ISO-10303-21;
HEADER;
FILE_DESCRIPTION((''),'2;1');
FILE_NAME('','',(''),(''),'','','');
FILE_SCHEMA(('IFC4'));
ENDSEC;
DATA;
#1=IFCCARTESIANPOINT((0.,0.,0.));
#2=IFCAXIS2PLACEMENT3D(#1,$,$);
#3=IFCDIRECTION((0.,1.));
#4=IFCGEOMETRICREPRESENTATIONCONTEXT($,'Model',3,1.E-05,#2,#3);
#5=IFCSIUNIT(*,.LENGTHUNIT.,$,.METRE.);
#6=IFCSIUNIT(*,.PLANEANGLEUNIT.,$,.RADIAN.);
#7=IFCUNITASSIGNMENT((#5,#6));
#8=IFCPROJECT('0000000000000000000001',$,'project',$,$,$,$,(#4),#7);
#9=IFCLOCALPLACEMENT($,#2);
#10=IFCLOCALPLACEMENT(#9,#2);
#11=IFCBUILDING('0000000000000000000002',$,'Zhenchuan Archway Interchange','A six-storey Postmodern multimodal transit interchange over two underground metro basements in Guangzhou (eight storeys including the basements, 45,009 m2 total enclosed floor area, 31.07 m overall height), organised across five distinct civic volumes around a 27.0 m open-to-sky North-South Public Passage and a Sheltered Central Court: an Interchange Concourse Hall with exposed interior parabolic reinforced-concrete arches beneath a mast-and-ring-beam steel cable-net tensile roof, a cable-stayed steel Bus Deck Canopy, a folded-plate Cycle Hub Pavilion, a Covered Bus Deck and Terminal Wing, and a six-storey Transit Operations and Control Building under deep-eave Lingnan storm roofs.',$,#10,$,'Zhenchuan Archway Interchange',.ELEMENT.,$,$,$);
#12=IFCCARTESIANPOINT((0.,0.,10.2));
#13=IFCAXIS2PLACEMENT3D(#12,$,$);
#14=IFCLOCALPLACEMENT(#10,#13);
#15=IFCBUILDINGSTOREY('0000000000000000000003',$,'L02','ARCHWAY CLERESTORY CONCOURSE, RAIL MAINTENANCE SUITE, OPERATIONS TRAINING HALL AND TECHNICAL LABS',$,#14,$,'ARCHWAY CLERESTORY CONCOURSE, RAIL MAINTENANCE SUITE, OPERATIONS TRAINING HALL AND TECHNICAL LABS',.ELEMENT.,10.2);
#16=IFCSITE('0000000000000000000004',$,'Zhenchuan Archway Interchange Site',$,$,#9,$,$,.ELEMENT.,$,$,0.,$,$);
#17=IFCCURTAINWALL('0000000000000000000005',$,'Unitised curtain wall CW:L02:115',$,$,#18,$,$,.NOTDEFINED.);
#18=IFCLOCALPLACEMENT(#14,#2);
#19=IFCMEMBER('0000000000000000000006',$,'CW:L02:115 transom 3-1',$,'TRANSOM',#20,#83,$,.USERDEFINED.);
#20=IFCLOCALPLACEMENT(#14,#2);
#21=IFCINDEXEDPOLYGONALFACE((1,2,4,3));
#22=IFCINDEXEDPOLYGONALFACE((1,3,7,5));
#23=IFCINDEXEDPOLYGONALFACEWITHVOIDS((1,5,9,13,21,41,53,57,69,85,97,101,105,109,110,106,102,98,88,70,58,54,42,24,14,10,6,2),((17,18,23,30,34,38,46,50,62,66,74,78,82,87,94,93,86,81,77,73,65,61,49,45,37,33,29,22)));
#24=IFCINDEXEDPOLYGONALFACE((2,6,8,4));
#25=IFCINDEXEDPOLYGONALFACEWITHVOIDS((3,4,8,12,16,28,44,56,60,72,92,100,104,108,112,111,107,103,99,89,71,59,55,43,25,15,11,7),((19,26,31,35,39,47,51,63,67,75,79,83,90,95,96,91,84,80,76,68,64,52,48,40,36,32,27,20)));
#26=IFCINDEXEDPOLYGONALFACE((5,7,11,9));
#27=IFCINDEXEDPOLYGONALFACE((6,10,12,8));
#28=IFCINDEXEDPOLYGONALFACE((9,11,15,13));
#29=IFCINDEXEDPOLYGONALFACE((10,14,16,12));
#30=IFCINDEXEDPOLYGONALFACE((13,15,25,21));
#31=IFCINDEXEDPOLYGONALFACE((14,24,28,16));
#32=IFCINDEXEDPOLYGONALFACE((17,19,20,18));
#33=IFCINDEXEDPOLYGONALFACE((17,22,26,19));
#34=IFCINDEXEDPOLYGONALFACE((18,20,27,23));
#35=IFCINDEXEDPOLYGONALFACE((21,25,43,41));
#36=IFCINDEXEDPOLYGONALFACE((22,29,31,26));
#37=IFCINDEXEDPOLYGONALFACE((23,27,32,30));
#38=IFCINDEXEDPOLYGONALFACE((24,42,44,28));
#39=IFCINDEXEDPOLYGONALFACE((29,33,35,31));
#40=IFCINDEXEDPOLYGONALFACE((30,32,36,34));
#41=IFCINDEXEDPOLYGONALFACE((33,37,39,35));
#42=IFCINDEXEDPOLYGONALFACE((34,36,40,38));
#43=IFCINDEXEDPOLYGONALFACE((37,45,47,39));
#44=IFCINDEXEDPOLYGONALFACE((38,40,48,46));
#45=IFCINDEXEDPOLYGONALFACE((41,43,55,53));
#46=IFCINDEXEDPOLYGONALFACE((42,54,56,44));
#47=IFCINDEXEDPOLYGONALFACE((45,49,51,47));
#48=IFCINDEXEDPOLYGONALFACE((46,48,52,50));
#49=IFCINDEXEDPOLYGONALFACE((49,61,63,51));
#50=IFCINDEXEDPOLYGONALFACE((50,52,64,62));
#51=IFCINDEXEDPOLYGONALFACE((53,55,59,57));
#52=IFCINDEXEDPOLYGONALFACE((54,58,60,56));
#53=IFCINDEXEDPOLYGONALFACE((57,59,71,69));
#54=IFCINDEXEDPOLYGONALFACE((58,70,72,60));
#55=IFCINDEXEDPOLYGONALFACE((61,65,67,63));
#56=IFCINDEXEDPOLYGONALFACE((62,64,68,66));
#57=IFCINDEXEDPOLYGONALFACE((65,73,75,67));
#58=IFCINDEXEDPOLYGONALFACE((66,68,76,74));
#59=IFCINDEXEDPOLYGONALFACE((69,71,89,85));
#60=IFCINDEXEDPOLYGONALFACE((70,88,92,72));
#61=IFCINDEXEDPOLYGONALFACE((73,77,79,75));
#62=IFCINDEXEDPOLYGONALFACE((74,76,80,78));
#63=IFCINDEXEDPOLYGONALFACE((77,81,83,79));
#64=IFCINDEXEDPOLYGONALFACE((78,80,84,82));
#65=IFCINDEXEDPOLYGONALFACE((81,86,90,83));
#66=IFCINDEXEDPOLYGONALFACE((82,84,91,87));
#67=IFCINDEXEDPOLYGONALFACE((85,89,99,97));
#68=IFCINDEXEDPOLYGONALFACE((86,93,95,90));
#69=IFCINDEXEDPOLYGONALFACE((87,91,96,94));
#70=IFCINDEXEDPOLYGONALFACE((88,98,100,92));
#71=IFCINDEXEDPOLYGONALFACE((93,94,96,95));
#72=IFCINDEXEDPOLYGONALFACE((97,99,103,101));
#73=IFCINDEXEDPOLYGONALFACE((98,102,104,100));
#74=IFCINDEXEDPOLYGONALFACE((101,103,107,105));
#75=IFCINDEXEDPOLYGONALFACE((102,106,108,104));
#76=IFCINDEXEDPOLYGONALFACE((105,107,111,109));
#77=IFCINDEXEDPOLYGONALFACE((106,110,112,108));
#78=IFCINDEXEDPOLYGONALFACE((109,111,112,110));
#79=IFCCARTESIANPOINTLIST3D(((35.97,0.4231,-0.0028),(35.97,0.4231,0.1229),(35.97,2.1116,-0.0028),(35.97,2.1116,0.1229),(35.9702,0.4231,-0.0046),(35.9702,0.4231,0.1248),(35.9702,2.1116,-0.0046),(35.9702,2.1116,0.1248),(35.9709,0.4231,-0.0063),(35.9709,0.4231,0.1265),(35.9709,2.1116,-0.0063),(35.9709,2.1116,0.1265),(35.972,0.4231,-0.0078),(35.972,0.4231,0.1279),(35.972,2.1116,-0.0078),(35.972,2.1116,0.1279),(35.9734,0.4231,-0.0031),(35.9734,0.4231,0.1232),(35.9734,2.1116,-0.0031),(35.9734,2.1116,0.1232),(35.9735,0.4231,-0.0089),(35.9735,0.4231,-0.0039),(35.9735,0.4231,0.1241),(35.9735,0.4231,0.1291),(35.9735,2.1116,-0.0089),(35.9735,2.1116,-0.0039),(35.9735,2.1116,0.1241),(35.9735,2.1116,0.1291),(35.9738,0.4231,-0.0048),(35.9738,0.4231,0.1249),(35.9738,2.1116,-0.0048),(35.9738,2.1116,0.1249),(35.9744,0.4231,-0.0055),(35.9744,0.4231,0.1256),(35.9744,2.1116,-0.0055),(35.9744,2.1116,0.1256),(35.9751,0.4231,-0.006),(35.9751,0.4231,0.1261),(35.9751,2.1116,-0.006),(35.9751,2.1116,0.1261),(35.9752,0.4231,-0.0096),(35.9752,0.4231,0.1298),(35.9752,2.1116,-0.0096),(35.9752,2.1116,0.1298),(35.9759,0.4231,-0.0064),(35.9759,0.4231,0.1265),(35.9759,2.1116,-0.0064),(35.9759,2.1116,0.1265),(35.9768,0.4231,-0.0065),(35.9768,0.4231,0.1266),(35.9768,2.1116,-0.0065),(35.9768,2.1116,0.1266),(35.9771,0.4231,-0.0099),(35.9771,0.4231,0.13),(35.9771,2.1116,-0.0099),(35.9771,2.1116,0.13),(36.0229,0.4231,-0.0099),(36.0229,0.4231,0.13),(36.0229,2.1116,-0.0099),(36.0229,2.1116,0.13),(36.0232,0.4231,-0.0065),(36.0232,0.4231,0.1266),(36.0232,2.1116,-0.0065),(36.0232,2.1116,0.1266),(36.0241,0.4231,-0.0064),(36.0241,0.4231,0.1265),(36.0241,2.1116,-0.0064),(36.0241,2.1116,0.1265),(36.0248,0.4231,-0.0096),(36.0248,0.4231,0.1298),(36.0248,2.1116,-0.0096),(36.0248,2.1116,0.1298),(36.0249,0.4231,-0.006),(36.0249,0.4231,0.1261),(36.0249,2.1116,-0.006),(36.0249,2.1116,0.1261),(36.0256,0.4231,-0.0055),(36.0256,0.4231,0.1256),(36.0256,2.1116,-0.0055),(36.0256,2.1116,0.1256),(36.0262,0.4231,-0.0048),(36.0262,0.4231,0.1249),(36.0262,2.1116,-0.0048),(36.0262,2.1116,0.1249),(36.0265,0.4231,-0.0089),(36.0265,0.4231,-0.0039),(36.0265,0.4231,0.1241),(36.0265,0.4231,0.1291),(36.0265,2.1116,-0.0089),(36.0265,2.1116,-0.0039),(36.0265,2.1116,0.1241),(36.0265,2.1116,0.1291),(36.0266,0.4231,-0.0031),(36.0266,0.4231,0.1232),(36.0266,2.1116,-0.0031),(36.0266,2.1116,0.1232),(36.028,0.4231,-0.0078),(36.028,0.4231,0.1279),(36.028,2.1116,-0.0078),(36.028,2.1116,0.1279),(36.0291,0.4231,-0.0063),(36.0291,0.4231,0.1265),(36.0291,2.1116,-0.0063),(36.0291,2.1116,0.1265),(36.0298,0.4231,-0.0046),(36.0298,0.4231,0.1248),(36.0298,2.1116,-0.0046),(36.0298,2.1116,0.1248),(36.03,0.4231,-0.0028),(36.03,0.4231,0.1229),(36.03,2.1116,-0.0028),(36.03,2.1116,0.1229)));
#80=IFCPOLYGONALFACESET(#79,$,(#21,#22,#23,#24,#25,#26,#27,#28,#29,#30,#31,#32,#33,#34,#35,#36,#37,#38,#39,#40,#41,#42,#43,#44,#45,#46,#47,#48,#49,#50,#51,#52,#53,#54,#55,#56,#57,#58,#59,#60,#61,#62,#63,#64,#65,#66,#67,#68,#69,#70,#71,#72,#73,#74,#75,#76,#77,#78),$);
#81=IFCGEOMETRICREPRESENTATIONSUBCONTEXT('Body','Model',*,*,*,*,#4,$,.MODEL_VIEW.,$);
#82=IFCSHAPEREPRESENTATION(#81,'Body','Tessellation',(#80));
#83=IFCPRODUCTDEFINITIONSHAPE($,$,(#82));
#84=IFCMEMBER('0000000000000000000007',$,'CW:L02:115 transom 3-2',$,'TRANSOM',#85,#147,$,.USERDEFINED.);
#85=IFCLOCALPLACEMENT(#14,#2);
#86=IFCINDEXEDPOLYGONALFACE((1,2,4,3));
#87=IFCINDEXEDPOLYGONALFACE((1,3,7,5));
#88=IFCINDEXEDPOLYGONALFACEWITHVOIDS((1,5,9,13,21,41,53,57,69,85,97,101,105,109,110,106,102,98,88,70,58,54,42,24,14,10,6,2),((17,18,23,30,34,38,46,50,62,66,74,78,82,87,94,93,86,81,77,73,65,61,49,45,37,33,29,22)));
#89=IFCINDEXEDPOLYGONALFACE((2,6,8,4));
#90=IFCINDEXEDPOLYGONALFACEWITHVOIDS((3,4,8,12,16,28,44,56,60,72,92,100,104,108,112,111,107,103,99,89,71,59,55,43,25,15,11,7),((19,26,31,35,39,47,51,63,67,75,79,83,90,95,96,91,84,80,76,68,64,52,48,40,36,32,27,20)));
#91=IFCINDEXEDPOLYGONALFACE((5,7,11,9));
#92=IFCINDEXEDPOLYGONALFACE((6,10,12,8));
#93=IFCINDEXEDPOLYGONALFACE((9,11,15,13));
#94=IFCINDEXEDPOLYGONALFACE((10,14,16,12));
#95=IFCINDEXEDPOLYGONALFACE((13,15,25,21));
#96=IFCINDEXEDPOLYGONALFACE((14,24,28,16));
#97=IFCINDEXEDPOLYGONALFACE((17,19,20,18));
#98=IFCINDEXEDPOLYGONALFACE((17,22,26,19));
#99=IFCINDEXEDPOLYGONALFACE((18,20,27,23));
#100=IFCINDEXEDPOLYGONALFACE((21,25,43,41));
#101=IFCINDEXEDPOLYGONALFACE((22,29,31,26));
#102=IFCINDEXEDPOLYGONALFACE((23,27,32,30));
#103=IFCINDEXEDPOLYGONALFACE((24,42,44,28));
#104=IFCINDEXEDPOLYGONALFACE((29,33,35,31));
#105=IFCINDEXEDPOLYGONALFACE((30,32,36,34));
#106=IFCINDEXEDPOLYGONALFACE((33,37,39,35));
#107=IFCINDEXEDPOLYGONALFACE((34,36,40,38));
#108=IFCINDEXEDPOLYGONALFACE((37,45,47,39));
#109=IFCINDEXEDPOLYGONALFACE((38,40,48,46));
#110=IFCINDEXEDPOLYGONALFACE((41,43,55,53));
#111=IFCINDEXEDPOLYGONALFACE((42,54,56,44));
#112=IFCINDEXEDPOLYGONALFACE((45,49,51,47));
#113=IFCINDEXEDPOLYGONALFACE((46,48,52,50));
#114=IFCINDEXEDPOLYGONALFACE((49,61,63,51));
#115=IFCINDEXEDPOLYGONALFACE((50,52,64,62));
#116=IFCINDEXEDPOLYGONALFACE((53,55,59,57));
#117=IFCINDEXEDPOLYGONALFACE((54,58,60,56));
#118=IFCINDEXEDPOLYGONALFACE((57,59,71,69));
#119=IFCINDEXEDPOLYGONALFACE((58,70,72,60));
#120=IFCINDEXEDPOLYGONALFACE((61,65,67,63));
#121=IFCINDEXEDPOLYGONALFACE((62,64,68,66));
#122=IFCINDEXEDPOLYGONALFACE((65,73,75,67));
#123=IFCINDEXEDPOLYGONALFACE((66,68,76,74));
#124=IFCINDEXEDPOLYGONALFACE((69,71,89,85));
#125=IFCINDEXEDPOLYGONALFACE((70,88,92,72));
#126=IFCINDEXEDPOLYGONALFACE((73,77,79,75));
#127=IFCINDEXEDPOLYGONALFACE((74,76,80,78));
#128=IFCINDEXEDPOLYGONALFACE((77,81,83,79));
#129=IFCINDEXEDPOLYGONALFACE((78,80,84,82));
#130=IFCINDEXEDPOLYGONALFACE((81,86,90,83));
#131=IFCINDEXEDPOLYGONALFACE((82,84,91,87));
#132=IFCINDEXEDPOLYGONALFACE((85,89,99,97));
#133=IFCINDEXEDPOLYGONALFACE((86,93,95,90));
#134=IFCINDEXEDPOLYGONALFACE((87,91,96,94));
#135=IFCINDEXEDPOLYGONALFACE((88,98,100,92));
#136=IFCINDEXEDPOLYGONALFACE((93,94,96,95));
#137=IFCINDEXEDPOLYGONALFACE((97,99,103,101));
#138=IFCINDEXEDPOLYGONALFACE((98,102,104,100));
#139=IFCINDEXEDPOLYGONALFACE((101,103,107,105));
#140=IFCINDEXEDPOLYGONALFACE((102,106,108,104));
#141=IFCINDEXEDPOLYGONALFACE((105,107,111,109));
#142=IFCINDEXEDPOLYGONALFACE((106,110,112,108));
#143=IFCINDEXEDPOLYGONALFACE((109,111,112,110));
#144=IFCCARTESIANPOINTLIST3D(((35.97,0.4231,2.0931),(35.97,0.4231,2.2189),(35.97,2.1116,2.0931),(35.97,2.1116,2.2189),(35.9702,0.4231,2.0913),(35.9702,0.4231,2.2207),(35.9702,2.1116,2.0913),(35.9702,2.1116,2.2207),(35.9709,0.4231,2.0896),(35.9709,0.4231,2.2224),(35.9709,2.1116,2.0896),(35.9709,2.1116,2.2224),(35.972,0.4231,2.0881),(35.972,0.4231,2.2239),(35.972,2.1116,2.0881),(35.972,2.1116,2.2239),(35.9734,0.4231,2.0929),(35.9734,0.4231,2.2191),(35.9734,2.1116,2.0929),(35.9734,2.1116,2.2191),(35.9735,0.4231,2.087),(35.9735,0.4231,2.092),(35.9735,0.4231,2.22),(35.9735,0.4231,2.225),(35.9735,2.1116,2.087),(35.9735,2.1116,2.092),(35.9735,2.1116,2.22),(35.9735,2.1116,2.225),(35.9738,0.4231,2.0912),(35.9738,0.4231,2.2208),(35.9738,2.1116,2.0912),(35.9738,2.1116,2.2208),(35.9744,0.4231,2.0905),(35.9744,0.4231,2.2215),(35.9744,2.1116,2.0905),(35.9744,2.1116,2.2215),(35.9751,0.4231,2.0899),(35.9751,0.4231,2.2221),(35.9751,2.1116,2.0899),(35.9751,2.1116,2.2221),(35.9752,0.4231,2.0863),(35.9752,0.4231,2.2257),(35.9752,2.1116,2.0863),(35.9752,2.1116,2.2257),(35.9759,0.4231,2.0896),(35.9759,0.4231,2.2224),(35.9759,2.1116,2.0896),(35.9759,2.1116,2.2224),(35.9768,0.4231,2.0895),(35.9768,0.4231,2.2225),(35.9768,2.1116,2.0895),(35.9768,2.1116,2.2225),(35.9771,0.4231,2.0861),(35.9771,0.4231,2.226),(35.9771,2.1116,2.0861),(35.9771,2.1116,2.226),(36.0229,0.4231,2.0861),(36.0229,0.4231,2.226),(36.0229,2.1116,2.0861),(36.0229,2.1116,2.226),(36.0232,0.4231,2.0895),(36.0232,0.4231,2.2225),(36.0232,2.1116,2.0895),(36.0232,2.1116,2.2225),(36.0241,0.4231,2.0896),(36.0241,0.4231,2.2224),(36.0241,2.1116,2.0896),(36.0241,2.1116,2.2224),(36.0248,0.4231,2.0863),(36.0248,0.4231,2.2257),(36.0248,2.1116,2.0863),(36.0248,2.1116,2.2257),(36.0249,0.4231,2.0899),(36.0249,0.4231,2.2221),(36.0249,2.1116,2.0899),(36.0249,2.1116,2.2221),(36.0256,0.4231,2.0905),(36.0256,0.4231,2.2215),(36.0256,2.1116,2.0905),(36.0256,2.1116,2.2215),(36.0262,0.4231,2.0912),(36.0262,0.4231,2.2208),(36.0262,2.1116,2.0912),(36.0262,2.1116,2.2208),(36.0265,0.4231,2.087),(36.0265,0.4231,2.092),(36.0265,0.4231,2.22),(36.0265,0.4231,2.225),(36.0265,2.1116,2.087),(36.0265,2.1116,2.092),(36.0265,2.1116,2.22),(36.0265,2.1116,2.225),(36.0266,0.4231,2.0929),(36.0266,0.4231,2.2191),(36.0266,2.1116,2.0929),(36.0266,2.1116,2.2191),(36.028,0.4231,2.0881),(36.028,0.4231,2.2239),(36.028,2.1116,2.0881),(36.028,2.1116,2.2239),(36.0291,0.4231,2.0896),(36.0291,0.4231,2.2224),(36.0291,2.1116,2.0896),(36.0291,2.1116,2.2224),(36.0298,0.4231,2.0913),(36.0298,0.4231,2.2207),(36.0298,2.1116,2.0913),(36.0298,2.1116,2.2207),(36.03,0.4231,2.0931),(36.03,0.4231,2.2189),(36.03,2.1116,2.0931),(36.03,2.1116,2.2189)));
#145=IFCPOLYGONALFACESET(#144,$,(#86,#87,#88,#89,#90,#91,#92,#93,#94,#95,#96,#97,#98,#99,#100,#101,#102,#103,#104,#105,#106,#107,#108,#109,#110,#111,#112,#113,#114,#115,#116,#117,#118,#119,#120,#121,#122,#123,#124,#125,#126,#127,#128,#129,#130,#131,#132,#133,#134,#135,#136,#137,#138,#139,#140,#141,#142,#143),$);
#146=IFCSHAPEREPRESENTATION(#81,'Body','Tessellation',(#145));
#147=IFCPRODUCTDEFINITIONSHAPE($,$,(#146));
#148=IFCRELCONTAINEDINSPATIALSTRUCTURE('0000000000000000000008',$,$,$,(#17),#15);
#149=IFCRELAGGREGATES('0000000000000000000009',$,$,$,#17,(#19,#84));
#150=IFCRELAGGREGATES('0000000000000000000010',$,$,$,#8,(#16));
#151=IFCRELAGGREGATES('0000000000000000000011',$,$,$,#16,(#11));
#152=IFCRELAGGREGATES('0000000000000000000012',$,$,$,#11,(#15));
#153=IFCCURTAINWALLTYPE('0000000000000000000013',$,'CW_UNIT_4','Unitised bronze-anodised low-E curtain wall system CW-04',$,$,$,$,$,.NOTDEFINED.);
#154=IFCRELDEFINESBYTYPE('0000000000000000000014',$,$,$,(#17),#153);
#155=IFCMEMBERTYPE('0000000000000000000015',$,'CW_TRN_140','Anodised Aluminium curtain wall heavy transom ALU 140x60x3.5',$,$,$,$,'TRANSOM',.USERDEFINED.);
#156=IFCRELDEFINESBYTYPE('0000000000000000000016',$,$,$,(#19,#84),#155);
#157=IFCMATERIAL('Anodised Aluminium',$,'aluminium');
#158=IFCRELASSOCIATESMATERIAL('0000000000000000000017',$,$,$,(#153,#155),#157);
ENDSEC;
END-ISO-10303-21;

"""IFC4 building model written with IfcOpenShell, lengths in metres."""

from ifc_helpers import new_model, si_unit, direction, frame, origin, origin_2d, place, context, subcontext, project, spatial, hollow_rectangle, extrude, material, material_profile, profile_set, type_object, element, aggregate, save


model = new_model("IFC4")

# Units and contexts
model_context = context("Model", 3, precision=1e-05, world=origin(), true_north=direction((0.0, 1.0)))
body_context = subcontext(model_context, "Body", "Model", "MODEL_VIEW")
ifc_project = project(units=[si_unit("LENGTHUNIT", "METRE"), si_unit("PLANEANGLEUNIT", "RADIAN")], contexts=[model_context])

# Site, building, storey
site_placement = place(None, origin())
site = spatial("IfcSite", under=ifc_project, at=site_placement, Name="Zhenchuan Archway Interchange Site", CompositionType="ELEMENT", RefElevation=0.0)
building_placement = place(site_placement, origin())
building = spatial("IfcBuilding", under=site, at=building_placement, Name="Zhenchuan Archway Interchange", Description="A six-storey Postmodern multimodal transit interchange over two underground metro basements in Guangzhou (eight storeys including the basements, 45,009 m2 total enclosed floor area, 31.07 m overall height), organised across five distinct civic volumes around a 27.0 m open-to-sky North-South Public Passage and a Sheltered Central Court: an Interchange Concourse Hall with exposed interior parabolic reinforced-concrete arches beneath a mast-and-ring-beam steel cable-net tensile roof, a cable-stayed steel Bus Deck Canopy, a folded-plate Cycle Hub Pavilion, a Covered Bus Deck and Terminal Wing, and a six-storey Transit Operations and Control Building under deep-eave Lingnan storm roofs.", LongName="Zhenchuan Archway Interchange", CompositionType="ELEMENT")
storey_placement = place(building_placement, frame((0.0, 0.0, 10.2)))
storey = spatial("IfcBuildingStorey", under=building, at=storey_placement, Name="L02", Description="ARCHWAY CLERESTORY CONCOURSE, RAIL MAINTENANCE SUITE, OPERATIONS TRAINING HALL AND TECHNICAL LABS", LongName="ARCHWAY CLERESTORY CONCOURSE, RAIL MAINTENANCE SUITE, OPERATIONS TRAINING HALL AND TECHNICAL LABS", CompositionType="ELEMENT", Elevation=10.2)

# Curtain wall
ifc_material_1 = material(Name="Anodised Aluminium", Category="aluminium")
curtain_wall_type_1 = type_object("IfcCurtainWallType", Name="CW_UNIT_4", Description="Unitised bronze-anodised low-E curtain wall system CW-04", PredefinedType="NOTDEFINED", material=ifc_material_1)
curtain_wall_1_placement = place(storey_placement, origin())
curtain_wall_1 = element("IfcCurtainWall", 1, at=curtain_wall_1_placement, inside=storey, type_object=curtain_wall_type_1, Name="Unitised curtain wall CW:L02:115", PredefinedType="NOTDEFINED")

# Members
ifc_material_profile_1 = material_profile(ifc_material_1, hollow_rectangle(XDim=0.0601, YDim=0.1399, WallThickness=0.0034, InnerFilletRadius=0.0034, OuterFilletRadius=0.0071, at=origin_2d()), Name="ALU 140x60x3.5")
ifc_profile_set_1 = profile_set([ifc_material_profile_1], Name="Anodised Aluminium")
member_type_1 = type_object("IfcMemberType", Name="CW_TRN_140", Description="Anodised Aluminium curtain wall heavy transom ALU 140x60x3.5", ElementType="TRANSOM", PredefinedType="USERDEFINED", material=ifc_profile_set_1)
member_1_placement = place(storey_placement, frame((36.0, 2.1116, 0.0601), z_axis=(0.0, -1.0, 0.0), x_axis=(1.0, 0.0, 0.0)))
member_1 = element("IfcMember", 2, at=member_1_placement, type_object=member_type_1, Name="CW:L02:115 transom 3-1", ObjectType="TRANSOM", PredefinedType="USERDEFINED", context=body_context, shape_type="SweptSolid", body=[
    extrude(hollow_rectangle(XDim=0.0601, YDim=0.1399, WallThickness=0.0034, InnerFilletRadius=0.0034, OuterFilletRadius=0.0071, at=origin_2d()), origin(), (0.0, 0.0, 1.0), 1.6885),
])
member_2_placement = place(storey_placement, frame((36.0, 2.1116, 2.156), z_axis=(0.0, -1.0, 0.0), x_axis=(1.0, 0.0, 0.0)))
member_2 = element("IfcMember", 3, at=member_2_placement, type_object=member_type_1, Name="CW:L02:115 transom 3-2", ObjectType="TRANSOM", PredefinedType="USERDEFINED", context=body_context, shape_type="SweptSolid", body=[
    extrude(hollow_rectangle(XDim=0.0601, YDim=0.1399, WallThickness=0.0034, InnerFilletRadius=0.0034, OuterFilletRadius=0.0071, at=origin_2d()), origin(), (0.0, 0.0, 1.0), 1.6885),
])

aggregate(curtain_wall_1, [member_1, member_2])

save(model, "model.ifc")
